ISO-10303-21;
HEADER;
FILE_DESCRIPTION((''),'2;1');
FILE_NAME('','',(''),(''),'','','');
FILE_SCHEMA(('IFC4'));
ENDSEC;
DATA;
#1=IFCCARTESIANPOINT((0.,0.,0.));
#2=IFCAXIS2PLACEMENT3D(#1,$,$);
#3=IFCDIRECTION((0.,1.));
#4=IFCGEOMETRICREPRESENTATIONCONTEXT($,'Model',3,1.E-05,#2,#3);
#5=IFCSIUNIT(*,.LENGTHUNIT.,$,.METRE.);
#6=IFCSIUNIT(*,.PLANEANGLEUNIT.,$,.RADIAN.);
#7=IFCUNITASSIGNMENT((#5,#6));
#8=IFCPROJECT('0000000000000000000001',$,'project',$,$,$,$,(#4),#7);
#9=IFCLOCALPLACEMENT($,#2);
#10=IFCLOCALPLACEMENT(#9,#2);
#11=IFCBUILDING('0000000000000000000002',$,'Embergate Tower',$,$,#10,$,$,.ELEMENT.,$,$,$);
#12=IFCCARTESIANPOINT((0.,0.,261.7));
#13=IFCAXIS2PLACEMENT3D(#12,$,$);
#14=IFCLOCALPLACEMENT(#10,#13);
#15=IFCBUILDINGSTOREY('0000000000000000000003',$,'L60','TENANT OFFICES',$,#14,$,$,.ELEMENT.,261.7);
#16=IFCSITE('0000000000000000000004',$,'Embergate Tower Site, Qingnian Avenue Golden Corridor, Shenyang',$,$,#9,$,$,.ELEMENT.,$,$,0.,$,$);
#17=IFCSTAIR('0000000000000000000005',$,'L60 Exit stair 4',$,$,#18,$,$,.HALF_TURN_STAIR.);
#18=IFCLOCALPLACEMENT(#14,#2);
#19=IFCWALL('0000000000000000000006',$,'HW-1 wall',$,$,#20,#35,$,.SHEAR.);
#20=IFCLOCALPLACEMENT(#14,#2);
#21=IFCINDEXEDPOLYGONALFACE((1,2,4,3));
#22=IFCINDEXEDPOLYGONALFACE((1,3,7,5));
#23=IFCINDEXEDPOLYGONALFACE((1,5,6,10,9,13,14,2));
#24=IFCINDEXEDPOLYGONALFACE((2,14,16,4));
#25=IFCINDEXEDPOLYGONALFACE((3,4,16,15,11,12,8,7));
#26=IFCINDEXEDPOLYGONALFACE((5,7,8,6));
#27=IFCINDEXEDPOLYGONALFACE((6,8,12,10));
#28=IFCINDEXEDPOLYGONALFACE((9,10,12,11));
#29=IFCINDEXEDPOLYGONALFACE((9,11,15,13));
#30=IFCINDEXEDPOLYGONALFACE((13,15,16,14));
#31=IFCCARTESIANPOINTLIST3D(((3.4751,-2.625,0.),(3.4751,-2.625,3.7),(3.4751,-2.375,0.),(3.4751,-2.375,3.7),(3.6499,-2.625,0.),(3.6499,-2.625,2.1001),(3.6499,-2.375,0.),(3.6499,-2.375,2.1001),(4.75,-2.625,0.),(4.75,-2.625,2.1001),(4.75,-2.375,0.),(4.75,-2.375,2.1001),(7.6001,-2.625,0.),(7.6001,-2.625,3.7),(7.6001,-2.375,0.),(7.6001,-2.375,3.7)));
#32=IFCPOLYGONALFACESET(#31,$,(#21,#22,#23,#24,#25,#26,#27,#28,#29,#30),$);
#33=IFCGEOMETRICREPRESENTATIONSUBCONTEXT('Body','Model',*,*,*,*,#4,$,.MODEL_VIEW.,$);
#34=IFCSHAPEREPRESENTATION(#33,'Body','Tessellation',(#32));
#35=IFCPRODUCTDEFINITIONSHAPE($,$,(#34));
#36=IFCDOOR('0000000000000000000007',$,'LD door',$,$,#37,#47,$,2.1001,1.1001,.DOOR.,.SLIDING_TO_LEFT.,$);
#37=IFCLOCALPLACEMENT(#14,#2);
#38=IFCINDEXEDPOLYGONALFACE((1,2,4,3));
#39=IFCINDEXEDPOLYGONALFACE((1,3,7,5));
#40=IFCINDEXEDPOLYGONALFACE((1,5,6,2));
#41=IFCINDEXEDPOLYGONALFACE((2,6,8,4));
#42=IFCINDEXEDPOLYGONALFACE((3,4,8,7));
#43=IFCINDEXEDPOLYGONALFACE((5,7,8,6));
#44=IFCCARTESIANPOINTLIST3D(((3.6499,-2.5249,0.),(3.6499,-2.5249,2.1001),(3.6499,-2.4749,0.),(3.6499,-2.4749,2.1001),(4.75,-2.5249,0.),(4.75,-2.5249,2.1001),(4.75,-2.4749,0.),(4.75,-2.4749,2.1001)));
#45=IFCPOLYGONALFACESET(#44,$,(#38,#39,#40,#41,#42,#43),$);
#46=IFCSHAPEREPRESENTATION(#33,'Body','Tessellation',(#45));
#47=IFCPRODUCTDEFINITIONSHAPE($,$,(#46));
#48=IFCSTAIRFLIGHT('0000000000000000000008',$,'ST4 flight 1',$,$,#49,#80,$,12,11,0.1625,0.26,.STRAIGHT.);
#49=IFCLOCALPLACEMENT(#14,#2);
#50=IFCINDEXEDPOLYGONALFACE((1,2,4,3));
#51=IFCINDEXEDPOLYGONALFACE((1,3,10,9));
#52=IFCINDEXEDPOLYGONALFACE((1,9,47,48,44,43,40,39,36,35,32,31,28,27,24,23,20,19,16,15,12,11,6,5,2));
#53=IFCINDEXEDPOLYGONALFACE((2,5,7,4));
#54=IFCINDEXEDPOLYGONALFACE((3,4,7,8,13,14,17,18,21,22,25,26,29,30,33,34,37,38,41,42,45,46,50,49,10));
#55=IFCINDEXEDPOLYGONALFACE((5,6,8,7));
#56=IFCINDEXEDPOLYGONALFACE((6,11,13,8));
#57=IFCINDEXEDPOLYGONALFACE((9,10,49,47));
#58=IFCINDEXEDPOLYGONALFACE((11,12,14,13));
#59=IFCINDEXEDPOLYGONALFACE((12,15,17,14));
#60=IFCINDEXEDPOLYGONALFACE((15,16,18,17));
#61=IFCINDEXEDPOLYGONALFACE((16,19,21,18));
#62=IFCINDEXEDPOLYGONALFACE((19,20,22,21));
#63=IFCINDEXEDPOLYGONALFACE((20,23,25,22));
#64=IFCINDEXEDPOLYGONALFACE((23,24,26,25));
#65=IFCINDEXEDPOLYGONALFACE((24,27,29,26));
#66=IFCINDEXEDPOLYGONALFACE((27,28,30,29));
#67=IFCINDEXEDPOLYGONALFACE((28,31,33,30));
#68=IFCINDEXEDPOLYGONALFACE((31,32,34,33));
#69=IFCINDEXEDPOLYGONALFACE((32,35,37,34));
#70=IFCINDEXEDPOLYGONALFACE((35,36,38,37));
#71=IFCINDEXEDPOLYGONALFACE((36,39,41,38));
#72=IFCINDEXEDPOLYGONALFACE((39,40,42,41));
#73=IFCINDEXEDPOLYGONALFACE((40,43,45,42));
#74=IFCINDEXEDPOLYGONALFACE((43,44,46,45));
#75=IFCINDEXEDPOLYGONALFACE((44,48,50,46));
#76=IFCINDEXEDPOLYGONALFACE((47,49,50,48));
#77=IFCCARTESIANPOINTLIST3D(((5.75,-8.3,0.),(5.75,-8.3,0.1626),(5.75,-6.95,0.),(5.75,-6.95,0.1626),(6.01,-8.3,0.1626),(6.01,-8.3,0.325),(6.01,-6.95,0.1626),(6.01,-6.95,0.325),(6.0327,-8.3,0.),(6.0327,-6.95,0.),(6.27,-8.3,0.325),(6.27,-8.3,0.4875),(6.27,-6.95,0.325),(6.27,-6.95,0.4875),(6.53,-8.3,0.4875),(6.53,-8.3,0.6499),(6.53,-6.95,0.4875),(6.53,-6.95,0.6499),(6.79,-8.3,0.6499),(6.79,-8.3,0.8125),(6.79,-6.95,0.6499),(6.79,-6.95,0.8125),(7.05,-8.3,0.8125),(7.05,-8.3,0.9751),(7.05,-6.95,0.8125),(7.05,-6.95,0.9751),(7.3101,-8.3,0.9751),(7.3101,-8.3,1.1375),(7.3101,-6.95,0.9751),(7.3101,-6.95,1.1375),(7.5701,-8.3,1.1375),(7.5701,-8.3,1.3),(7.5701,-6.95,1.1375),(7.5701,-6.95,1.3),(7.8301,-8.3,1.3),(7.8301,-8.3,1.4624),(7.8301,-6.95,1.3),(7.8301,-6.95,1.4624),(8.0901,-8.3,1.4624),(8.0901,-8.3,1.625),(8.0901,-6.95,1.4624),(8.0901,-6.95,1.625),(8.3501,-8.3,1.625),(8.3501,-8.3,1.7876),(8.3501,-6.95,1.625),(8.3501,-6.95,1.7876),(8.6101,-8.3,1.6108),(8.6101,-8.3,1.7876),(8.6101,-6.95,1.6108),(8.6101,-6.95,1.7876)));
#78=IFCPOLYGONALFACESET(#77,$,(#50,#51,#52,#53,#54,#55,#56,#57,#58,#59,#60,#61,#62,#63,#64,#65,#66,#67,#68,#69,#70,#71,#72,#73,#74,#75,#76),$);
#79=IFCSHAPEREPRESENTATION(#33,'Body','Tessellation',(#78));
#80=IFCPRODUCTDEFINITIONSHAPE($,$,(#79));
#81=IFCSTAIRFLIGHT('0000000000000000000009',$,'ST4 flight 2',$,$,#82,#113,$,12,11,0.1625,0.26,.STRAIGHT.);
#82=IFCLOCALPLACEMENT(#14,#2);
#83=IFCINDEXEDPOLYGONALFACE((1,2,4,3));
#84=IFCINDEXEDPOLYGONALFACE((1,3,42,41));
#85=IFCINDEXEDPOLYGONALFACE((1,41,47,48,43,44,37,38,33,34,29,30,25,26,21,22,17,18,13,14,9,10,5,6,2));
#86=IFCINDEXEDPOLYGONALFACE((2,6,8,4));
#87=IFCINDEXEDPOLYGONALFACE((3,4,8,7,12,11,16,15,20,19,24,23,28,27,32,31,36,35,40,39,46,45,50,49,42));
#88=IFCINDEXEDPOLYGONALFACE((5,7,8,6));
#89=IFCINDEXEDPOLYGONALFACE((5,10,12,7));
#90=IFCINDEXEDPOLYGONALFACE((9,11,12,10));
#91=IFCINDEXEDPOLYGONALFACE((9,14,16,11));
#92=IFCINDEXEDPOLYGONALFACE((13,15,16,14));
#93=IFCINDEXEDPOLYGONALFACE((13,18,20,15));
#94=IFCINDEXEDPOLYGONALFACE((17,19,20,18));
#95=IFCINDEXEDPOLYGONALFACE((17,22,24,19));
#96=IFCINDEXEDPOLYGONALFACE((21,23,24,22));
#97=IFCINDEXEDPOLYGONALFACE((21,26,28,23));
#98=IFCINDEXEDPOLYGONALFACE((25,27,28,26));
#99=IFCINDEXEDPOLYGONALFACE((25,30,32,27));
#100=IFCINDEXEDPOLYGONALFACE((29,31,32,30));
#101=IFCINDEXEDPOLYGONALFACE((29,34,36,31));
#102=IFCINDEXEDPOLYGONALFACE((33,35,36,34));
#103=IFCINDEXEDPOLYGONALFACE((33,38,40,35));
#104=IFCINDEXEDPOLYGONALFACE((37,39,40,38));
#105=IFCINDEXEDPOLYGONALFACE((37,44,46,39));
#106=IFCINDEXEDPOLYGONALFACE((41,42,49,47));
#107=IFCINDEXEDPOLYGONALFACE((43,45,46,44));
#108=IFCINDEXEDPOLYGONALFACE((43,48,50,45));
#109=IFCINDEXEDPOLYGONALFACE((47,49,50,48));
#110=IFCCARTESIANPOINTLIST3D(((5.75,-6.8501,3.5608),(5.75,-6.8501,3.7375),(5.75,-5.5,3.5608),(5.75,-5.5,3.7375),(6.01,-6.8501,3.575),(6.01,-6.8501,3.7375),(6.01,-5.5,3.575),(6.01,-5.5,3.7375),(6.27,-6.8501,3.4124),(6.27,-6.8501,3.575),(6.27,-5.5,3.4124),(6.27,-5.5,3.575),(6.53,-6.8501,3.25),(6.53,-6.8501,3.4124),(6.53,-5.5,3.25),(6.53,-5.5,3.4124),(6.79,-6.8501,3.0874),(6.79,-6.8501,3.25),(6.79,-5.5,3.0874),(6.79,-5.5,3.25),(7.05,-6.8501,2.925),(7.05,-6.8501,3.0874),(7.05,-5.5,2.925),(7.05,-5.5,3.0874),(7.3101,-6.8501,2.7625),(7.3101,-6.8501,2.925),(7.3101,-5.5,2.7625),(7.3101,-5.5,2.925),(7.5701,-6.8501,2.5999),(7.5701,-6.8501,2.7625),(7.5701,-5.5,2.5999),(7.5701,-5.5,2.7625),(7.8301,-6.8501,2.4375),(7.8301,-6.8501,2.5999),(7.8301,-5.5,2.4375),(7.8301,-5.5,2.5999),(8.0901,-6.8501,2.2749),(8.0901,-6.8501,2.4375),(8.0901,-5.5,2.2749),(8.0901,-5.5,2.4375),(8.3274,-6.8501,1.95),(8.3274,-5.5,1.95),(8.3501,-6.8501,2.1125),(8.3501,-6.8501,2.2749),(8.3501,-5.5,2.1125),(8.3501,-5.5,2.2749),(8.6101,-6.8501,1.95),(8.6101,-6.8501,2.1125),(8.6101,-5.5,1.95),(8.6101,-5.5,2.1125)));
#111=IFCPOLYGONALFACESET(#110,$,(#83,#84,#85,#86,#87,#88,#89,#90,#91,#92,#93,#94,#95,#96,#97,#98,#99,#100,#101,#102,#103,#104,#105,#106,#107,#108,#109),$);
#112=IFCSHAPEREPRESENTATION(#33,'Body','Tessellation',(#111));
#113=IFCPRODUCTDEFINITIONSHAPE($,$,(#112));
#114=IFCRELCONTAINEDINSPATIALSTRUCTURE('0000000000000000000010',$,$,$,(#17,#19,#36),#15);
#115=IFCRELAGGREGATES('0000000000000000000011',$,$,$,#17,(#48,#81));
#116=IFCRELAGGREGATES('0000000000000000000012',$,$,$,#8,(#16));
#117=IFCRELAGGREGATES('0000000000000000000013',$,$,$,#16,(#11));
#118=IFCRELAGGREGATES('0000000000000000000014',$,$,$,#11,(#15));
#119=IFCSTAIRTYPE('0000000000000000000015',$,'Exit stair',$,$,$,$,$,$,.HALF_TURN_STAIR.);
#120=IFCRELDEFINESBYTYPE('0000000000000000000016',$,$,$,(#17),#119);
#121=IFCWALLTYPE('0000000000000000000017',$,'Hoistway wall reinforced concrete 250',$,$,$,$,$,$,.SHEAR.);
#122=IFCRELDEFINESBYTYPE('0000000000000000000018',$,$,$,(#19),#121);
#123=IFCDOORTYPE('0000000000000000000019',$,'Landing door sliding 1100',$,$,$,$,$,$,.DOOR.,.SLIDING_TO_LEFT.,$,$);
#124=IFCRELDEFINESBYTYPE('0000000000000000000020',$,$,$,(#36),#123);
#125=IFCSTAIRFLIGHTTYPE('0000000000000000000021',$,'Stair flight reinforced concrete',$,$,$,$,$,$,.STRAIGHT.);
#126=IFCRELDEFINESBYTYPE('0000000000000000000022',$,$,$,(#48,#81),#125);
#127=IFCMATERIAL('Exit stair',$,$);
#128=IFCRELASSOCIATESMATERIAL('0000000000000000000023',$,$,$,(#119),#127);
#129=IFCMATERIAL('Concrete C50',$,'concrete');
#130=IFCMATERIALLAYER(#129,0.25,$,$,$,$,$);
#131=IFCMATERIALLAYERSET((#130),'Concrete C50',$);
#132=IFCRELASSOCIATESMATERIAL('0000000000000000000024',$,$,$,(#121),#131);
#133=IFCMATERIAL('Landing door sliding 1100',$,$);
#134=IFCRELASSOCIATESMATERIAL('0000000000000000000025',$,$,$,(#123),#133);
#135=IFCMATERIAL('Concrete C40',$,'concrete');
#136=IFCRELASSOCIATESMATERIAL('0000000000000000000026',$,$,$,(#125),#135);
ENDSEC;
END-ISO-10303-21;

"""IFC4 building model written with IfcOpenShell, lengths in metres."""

from ifc_helpers import new_model, si_unit, direction, frame, frame_2d, origin, place, context, subcontext, project, spatial, polyline, rectangle, outline, extrude, source, transform, mapped, material, layer, layer_set, type_object, element, fill, aggregate, save


model = new_model("IFC4")

# Units and contexts
model_context = context("Model", 3, precision=1e-05, world=origin(), true_north=direction((0.0, 1.0)))
body_context = subcontext(model_context, "Body", "Model", "MODEL_VIEW")
ifc_project = project(units=[si_unit("LENGTHUNIT", "METRE"), si_unit("PLANEANGLEUNIT", "RADIAN")], contexts=[model_context])

# Site, building, storey
site_placement = place(None, origin())
site = spatial("IfcSite", under=ifc_project, at=site_placement, Name="Embergate Tower Site, Qingnian Avenue Golden Corridor, Shenyang", CompositionType="ELEMENT", RefElevation=0.0)
building_placement = place(site_placement, origin())
building = spatial("IfcBuilding", under=site, at=building_placement, Name="Embergate Tower", CompositionType="ELEMENT")
storey_placement = place(building_placement, frame((0.0, 0.0, 261.7)))
storey = spatial("IfcBuildingStorey", under=building, at=storey_placement, Name="L60", Description="TENANT OFFICES", CompositionType="ELEMENT", Elevation=261.7)

# Stair
ifc_material_1 = material(Name="Exit stair")
stair_type = type_object("IfcStairType", Name="Exit stair", PredefinedType="HALF_TURN_STAIR", material=ifc_material_1)
stair_placement = place(storey_placement, origin())
stair = element("IfcStair", 1, at=stair_placement, inside=storey, type_object=stair_type, Name="L60 Exit stair 4", PredefinedType="HALF_TURN_STAIR")
ifc_material_2 = material(Name="Concrete C40", Category="concrete")

# Shared definitions
ifc_material_3 = material(Name="Concrete C50", Category="concrete")

# Shared definitions
ifc_layer_1 = layer(ifc_material_3, 0.25)
ifc_layer_set_1 = layer_set([ifc_layer_1], Name="Concrete C50")
wall_type_1 = type_object("IfcWallType", Name="Hoistway wall reinforced concrete 250", PredefinedType="SHEAR", material=ifc_layer_set_1)

# Wall, opening, door
shared_shape_1 = source(origin(), body_context, "Body", "SweptSolid", [
    extrude(rectangle(XDim=4.125, YDim=0.25, at=frame_2d((2.0625, 0.0))), origin(), (0.0, 0.0, 1.0), 3.7),
])
wall_1_placement = place(storey_placement, frame((7.6001, -2.5, 0.0), z_axis=(0.0, 0.0, 1.0), x_axis=(-1.0, 0.0, 0.0)))
wall_1 = element("IfcWall", 2, at=wall_1_placement, inside=storey, type_object=wall_type_1, Name="HW-1 wall", PredefinedType="SHEAR", context=body_context, shape_type="MappedRepresentation", body=[
    mapped(shared_shape_1, transform((0.0, 0.0, 0.0))),
])
shared_shape_2 = source(origin(), body_context, "Body", "SweptSolid", [
    extrude(rectangle(XDim=1.1001, YDim=2.1001, at=frame_2d((0.55, 1.05))), frame((0.0, 0.135, 0.0), z_axis=(0.0, -1.0, 0.0), x_axis=(1.0, 0.0, 0.0)), (0.0, 0.0, 1.0), 0.27),
])
opening_1_placement = place(wall_1_placement, frame((2.8501, 0.0, 0.0)))
opening_1 = element("IfcOpeningElement", 3, at=opening_1_placement, cuts=wall_1, PredefinedType="OPENING", context=body_context, shape_type="MappedRepresentation", body=[
    mapped(shared_shape_2, transform((0.0, 0.0, 0.0))),
])
ifc_material_4 = material(Name="Landing door sliding 1100")
door_type_1 = type_object("IfcDoorType", Name="Landing door sliding 1100", OperationType="SLIDING_TO_LEFT", PredefinedType="DOOR", material=ifc_material_4)
shared_shape_3 = source(origin(), body_context, "Body", "SweptSolid", [
    extrude(rectangle(XDim=1.1001, YDim=2.1001, at=frame_2d((0.55, 1.05))), frame((0.0, 0.0249, 0.0), z_axis=(0.0, -1.0, 0.0), x_axis=(1.0, 0.0, 0.0)), (0.0, 0.0, 1.0), 0.05),
])
door_1_placement = place(opening_1_placement, origin())
door_1 = element("IfcDoor", 4, at=door_1_placement, inside=storey, type_object=door_type_1, Name="LD door", OperationType="SLIDING_TO_LEFT", OverallHeight=2.1001, OverallWidth=1.1001, PredefinedType="DOOR", context=body_context, shape_type="MappedRepresentation", body=[
    mapped(shared_shape_3, transform((0.0, 0.0, 0.0))),
])
fill(opening_1, door_1)

# Stair flights
stair_flight_type = type_object("IfcStairFlightType", Name="Stair flight reinforced concrete", PredefinedType="STRAIGHT", material=ifc_material_2)
shared_shape_4 = source(origin(), body_context, "Body", "SweptSolid", [
    extrude(outline(polyline([(0.0, 0.0), (0.0, 0.1626), (0.26, 0.1626), (0.26, 0.325), (0.52, 0.325), (0.52, 0.4875), (0.78, 0.4875), (0.78, 0.6499), (1.04, 0.6499), (1.04, 0.8125), (1.3, 0.8125), (1.3, 0.9751), (1.5601, 0.9751), (1.5601, 1.1375), (1.8201, 1.1375), (1.8201, 1.3), (2.0801, 1.3), (2.0801, 1.4624), (2.3401, 1.4624), (2.3401, 1.625), (2.6001, 1.625), (2.6001, 1.7876), (2.8601, 1.7876), (2.8601, 1.95), (2.8601, 1.6108), (0.2827, 0.0), (0.0, 0.0)])), frame((0.0, 0.675, 0.0), z_axis=(0.0, -1.0, 0.0), x_axis=(1.0, 0.0, 0.0)), (0.0, 0.0, 1.0), 1.3501),
])
stair_flight_1_placement = place(storey_placement, frame((5.75, -7.625, 0.0), z_axis=(0.0, 0.0, 1.0), x_axis=(1.0, 0.0, 0.0)))
stair_flight_1 = element("IfcStairFlight", 5, at=stair_flight_1_placement, type_object=stair_flight_type, Name="ST4 flight 1", NumberOfRisers=12, NumberOfTreads=11, PredefinedType="STRAIGHT", RiserHeight=0.1625, TreadLength=0.26, context=body_context, shape_type="MappedRepresentation", body=[
    mapped(shared_shape_4, transform((0.0, 0.0, 0.0))),
])
stair_flight_2_placement = place(storey_placement, frame((8.6101, -6.175, 1.95), z_axis=(0.0, 0.0, 1.0), x_axis=(-1.0, 0.0, 0.0)))
stair_flight_2 = element("IfcStairFlight", 6, at=stair_flight_2_placement, type_object=stair_flight_type, Name="ST4 flight 2", NumberOfRisers=12, NumberOfTreads=11, PredefinedType="STRAIGHT", RiserHeight=0.1625, TreadLength=0.26, context=body_context, shape_type="MappedRepresentation", body=[
    mapped(shared_shape_4, transform((0.0, 0.0, 0.0))),
])
aggregate(stair, [stair_flight_1, stair_flight_2])

save(model, "model.ifc")
